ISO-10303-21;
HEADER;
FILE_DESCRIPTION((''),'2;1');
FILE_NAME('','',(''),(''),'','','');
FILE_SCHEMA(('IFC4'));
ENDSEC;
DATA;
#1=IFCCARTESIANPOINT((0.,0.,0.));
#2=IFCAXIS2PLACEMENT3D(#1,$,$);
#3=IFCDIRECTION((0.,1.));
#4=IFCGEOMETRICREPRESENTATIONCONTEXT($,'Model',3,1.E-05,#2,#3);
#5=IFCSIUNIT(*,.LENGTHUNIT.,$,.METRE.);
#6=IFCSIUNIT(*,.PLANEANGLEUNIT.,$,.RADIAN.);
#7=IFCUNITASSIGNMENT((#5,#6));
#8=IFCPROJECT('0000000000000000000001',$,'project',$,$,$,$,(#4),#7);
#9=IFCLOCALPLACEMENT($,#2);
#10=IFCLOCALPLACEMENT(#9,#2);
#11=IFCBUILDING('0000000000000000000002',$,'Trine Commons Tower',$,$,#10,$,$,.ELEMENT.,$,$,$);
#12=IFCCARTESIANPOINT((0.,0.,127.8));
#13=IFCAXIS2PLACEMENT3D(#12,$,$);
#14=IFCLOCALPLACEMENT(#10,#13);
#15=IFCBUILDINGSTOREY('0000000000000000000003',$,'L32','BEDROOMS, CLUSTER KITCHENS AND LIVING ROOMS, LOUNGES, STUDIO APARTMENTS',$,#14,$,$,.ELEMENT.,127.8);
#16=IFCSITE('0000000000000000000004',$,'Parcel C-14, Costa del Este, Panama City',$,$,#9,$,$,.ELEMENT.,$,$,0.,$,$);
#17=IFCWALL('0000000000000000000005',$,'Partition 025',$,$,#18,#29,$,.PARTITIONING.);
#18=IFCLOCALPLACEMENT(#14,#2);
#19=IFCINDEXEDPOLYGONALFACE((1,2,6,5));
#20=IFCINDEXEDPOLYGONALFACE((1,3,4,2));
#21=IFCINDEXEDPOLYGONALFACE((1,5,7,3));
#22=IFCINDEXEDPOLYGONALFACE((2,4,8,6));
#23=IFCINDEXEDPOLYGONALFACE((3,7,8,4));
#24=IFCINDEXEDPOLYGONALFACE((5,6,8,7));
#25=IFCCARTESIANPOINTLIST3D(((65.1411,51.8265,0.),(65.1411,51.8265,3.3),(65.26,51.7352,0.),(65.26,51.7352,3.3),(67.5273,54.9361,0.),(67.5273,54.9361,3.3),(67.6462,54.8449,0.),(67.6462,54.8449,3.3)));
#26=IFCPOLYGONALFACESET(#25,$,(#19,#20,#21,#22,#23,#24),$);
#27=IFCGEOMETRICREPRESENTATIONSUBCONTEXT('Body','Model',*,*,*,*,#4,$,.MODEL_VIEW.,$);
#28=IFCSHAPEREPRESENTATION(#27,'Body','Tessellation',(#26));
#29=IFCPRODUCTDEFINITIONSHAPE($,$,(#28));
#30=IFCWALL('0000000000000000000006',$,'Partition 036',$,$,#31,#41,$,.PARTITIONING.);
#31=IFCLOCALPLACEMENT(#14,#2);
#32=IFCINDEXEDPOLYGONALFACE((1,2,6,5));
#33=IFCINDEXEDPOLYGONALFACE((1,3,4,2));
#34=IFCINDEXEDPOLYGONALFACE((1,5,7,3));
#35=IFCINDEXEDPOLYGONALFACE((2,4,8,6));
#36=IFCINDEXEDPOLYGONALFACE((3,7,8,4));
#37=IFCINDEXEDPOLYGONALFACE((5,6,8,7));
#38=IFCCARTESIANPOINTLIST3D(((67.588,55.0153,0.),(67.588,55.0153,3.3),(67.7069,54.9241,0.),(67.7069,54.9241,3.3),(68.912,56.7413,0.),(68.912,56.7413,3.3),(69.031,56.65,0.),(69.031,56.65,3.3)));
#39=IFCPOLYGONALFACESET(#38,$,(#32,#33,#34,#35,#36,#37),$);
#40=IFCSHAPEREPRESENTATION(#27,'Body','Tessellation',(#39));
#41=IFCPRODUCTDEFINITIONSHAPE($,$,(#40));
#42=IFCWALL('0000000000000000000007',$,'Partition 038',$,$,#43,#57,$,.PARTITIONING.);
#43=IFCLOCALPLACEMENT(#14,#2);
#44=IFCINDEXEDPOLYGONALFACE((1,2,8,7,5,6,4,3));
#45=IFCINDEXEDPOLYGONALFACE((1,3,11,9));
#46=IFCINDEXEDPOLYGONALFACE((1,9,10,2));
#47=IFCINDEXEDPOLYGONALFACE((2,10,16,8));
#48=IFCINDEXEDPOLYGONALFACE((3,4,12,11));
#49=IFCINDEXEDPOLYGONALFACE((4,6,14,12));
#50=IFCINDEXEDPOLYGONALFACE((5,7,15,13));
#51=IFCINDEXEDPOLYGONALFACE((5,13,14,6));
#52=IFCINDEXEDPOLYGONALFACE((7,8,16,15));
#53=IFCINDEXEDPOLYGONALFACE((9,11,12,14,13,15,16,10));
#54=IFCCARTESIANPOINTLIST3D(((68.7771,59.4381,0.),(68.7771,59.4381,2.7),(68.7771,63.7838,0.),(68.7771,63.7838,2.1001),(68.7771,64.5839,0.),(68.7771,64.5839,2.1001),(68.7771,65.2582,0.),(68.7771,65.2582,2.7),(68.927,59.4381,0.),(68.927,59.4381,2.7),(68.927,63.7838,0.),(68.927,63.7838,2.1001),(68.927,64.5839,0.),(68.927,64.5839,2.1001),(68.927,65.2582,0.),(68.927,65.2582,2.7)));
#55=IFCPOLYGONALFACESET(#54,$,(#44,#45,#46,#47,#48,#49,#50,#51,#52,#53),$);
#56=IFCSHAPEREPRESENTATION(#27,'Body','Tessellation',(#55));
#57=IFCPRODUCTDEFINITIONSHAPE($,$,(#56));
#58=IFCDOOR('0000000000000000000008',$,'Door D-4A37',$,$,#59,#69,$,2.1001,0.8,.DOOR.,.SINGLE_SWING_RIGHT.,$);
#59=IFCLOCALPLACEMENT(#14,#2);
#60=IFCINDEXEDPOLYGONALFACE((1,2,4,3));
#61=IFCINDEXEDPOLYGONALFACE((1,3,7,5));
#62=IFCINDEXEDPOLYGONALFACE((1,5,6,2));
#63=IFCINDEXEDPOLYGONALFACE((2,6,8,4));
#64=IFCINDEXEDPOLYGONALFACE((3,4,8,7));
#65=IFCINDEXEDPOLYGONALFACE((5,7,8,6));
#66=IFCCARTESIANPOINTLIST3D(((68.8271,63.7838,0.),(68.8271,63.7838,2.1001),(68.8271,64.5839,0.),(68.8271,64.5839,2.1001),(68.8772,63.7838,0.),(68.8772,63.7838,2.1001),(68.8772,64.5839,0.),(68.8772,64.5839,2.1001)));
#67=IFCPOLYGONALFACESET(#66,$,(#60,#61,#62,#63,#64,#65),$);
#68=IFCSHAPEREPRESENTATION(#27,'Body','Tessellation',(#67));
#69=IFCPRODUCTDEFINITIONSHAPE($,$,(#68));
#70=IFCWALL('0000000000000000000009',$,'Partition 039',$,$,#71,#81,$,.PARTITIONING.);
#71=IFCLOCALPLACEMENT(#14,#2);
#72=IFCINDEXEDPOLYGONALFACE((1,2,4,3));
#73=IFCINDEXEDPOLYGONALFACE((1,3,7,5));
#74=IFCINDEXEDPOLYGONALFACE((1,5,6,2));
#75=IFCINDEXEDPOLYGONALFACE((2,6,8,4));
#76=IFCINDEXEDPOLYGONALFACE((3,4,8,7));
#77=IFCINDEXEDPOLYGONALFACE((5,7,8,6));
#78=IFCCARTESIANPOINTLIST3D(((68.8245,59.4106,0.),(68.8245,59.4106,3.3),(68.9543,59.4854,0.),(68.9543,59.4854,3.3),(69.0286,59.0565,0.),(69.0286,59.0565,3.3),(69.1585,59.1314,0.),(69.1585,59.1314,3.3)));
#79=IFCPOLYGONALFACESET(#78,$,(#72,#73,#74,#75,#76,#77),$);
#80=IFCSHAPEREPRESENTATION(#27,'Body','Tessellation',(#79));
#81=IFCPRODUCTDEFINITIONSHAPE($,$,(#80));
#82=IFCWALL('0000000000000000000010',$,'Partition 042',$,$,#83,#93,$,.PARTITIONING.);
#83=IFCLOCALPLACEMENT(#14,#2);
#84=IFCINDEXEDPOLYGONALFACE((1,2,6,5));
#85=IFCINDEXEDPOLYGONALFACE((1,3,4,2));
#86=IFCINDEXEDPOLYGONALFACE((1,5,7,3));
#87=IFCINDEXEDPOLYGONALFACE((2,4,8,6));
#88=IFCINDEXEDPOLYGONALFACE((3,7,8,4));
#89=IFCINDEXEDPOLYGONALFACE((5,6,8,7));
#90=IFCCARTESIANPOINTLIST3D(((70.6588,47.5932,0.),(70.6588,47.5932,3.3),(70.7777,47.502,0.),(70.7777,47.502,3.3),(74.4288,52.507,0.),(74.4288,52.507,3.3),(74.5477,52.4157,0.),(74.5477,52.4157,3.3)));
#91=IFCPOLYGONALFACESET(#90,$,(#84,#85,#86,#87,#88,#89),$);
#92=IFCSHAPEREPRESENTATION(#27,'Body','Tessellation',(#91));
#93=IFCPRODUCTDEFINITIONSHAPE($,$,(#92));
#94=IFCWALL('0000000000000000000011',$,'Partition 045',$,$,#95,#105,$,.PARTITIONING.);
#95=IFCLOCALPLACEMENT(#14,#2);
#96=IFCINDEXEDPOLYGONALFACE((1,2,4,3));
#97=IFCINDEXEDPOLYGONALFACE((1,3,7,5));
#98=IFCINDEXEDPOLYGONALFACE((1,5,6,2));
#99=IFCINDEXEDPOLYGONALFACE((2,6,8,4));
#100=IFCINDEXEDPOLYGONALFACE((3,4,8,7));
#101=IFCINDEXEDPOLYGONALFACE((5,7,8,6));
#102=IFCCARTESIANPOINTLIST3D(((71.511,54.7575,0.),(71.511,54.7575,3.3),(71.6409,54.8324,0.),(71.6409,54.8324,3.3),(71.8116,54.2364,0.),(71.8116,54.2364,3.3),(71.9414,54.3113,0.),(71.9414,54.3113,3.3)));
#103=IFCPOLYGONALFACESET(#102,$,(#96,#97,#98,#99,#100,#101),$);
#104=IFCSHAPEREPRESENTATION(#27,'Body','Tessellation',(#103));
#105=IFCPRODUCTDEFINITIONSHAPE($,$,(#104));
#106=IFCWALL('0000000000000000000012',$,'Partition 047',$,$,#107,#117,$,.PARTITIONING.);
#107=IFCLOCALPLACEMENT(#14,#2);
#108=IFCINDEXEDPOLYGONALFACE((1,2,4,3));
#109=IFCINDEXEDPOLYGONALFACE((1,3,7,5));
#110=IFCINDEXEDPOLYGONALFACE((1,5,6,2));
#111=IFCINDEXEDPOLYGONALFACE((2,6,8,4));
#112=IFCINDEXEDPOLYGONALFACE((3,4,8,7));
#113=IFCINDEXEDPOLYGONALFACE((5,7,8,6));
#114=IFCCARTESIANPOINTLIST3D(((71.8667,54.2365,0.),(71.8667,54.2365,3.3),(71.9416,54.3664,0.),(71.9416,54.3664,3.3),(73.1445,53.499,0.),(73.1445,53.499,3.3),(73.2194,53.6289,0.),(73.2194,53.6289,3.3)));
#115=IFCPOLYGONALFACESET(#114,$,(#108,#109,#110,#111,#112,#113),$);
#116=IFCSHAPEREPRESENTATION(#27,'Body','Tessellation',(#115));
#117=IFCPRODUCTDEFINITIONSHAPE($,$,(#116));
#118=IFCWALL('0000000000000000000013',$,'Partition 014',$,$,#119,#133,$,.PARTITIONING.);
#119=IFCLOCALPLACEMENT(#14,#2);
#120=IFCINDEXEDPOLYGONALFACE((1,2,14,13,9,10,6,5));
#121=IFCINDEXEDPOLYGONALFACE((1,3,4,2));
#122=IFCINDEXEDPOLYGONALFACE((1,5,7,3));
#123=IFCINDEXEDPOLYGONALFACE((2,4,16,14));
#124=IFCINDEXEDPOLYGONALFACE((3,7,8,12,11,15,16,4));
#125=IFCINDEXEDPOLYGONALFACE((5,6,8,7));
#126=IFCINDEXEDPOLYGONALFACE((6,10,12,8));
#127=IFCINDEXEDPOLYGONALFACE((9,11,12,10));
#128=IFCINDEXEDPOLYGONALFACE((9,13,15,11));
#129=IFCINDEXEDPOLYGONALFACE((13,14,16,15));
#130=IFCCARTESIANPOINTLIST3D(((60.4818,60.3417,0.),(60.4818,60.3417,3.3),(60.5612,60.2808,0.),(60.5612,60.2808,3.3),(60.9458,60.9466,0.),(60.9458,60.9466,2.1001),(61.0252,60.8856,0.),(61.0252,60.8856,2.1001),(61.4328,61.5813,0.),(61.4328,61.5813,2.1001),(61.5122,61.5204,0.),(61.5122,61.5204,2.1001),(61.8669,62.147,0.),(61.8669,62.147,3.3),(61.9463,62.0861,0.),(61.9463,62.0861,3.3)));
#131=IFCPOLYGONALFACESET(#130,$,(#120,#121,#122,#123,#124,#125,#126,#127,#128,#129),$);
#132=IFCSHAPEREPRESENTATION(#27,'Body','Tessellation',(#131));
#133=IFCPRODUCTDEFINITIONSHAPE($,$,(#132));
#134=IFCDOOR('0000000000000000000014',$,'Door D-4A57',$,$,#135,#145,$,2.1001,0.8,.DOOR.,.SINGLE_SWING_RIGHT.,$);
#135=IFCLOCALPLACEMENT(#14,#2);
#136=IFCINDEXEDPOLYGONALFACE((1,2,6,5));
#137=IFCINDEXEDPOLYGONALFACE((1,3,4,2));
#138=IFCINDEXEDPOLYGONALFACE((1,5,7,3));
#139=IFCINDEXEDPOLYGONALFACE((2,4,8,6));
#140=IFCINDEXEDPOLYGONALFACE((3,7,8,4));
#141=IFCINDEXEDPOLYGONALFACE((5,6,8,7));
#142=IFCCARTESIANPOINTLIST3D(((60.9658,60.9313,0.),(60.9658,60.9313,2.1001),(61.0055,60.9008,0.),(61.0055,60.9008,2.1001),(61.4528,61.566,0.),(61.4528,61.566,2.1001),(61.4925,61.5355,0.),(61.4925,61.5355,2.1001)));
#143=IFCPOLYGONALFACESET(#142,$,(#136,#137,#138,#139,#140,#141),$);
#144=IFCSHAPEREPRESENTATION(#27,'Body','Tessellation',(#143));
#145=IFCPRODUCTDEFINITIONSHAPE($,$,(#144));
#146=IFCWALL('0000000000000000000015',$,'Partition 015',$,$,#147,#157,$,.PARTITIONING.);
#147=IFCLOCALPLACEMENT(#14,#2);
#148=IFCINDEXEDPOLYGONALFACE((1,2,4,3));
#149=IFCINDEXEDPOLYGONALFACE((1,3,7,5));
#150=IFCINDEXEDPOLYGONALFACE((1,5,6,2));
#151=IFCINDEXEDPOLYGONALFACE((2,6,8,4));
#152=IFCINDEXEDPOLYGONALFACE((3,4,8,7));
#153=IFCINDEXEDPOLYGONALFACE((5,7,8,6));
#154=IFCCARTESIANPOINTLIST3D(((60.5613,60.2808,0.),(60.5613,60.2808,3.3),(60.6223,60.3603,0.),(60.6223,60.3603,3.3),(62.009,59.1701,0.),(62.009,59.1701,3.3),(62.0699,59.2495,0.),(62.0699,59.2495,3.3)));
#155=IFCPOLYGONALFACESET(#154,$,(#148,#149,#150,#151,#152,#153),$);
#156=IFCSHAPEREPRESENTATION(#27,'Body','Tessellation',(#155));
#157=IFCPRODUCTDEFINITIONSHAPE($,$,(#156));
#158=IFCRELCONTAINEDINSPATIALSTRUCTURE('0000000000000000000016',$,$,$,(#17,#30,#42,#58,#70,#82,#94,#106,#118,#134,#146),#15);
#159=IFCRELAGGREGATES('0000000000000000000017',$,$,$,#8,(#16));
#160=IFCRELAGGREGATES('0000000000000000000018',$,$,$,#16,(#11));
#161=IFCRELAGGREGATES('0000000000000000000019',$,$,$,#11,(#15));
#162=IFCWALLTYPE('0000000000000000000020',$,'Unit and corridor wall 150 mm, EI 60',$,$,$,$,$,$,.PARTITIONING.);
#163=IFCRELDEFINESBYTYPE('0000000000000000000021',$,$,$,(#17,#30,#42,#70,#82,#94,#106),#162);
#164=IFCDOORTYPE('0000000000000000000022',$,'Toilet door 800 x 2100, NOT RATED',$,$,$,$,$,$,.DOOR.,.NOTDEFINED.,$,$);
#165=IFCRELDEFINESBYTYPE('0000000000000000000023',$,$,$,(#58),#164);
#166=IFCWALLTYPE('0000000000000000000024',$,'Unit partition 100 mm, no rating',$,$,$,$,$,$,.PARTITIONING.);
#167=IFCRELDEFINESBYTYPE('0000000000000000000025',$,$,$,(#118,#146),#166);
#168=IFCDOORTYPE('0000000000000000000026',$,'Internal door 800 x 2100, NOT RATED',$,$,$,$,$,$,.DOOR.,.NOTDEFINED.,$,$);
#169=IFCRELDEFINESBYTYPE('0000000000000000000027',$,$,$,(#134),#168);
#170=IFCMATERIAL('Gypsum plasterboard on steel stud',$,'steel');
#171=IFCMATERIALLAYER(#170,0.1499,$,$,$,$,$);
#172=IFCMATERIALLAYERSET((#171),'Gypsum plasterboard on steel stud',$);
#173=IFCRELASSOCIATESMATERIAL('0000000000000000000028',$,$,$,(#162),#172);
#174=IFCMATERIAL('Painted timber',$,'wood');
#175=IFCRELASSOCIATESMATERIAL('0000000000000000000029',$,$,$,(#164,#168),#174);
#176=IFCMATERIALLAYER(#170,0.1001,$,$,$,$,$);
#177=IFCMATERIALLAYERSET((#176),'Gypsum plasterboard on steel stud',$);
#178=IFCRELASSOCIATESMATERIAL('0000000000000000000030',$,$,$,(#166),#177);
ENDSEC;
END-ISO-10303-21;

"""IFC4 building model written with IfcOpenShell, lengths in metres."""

from ifc_helpers import new_model, si_unit, direction, frame, frame_2d, origin, place, context, subcontext, project, spatial, rectangle, extrude, material, layer, layer_set, type_object, element, fill, save


model = new_model("IFC4")

# Units and contexts
model_context = context("Model", 3, precision=1e-05, world=origin(), true_north=direction((0.0, 1.0)))
body_context = subcontext(model_context, "Body", "Model", "MODEL_VIEW")
ifc_project = project(units=[si_unit("LENGTHUNIT", "METRE"), si_unit("PLANEANGLEUNIT", "RADIAN")], contexts=[model_context])

# Site, building, storey
site_placement = place(None, origin())
site = spatial("IfcSite", under=ifc_project, at=site_placement, Name="Parcel C-14, Costa del Este, Panama City", CompositionType="ELEMENT", RefElevation=0.0)
building_placement = place(site_placement, origin())
building = spatial("IfcBuilding", under=site, at=building_placement, Name="Trine Commons Tower", CompositionType="ELEMENT")
storey_placement = place(building_placement, frame((0.0, 0.0, 127.8)))
storey = spatial("IfcBuildingStorey", under=building, at=storey_placement, Name="L32", Description="BEDROOMS, CLUSTER KITCHENS AND LIVING ROOMS, LOUNGES, STUDIO APARTMENTS", CompositionType="ELEMENT", Elevation=127.8)

# Shared definitions
ifc_material_1 = material(Name="Gypsum plasterboard on steel stud", Category="steel")
ifc_layer_1 = layer(ifc_material_1, 0.1499)
ifc_layer_set_1 = layer_set([ifc_layer_1], Name="Gypsum plasterboard on steel stud")
wall_type_1 = type_object("IfcWallType", Name="Unit and corridor wall 150 mm, EI 60", PredefinedType="PARTITIONING", material=ifc_layer_set_1)

# Walls
wall_1_placement = place(storey_placement, frame((65.2004, 51.7808, 0.0), z_axis=(0.0, 0.0, 1.0), x_axis=(0.608783, 0.793337, 0.0)))
element("IfcWall", 1, at=wall_1_placement, inside=storey, type_object=wall_type_1, Name="Partition 025", PredefinedType="PARTITIONING", context=body_context, shape_type="SweptSolid", body=[
    extrude(rectangle(XDim=3.9197, YDim=0.1499, at=frame_2d((1.96, 0.0))), origin(), (0.0, 0.0, 1.0), 3.3),
])
wall_2_placement = place(storey_placement, frame((67.6475, 54.9697, 0.0), z_axis=(0.0, 0.0, 1.0), x_axis=(0.608674, 0.79342, 0.0)))
element("IfcWall", 2, at=wall_2_placement, inside=storey, type_object=wall_type_1, Name="Partition 036", PredefinedType="PARTITIONING", context=body_context, shape_type="SweptSolid", body=[
    extrude(rectangle(XDim=2.1753, YDim=0.1499, at=frame_2d((1.0876, 0.0))), origin(), (0.0, 0.0, 1.0), 3.3),
])

# Wall, opening, door
wall_3_placement = place(storey_placement, frame((68.8521, 59.438, 0.0), z_axis=(0.0, 0.0, 1.0), x_axis=(0.0, 1.0, 0.0)))
wall_3 = element("IfcWall", 3, at=wall_3_placement, inside=storey, type_object=wall_type_1, Name="Partition 038", PredefinedType="PARTITIONING", context=body_context, shape_type="SweptSolid", body=[
    extrude(rectangle(XDim=5.8201, YDim=0.1499, at=frame_2d((2.9102, 0.0))), origin(), (0.0, 0.0, 1.0), 2.7),
])
opening_1_placement = place(wall_3_placement, frame((4.3459, 0.0, 0.0)))
opening_1 = element("IfcOpeningElement", 4, at=opening_1_placement, cuts=wall_3, PredefinedType="OPENING", context=body_context, shape_type="SweptSolid", body=[
    extrude(rectangle(XDim=0.8, YDim=2.1001, at=frame_2d((0.3999, 1.05))), frame((0.0, 0.085, 0.0), z_axis=(0.0, -1.0, 0.0), x_axis=(1.0, 0.0, 0.0)), (0.0, 0.0, 1.0), 0.1699),
])
ifc_material_2 = material(Name="Painted timber", Category="wood")
door_type_1 = type_object("IfcDoorType", Name="Toilet door 800 x 2100, NOT RATED", OperationType="NOTDEFINED", PredefinedType="DOOR", material=ifc_material_2)
door_1_placement = place(opening_1_placement, origin())
door_1 = element("IfcDoor", 5, at=door_1_placement, inside=storey, type_object=door_type_1, Name="Door D-4A37", OperationType="SINGLE_SWING_RIGHT", OverallHeight=2.1001, OverallWidth=0.8, PredefinedType="DOOR", context=body_context, shape_type="SweptSolid", body=[
    extrude(rectangle(XDim=0.8, YDim=2.1001, at=frame_2d((0.3999, 1.05))), frame((0.0, 0.0249, 0.0), z_axis=(0.0, -1.0, 0.0), x_axis=(1.0, 0.0, 0.0)), (0.0, 0.0, 1.0), 0.05),
])
fill(opening_1, door_1)

# Walls
wall_4_placement = place(storey_placement, frame((68.8894, 59.448, 0.0), z_axis=(0.0, 0.0, 1.0), x_axis=(0.499481, -0.866325, 0.0)))
element("IfcWall", 6, at=wall_4_placement, inside=storey, type_object=wall_type_1, Name="Partition 039", PredefinedType="PARTITIONING", context=body_context, shape_type="SweptSolid", body=[
    extrude(rectangle(XDim=0.4087, YDim=0.1499, at=frame_2d((0.2043, 0.0))), origin(), (0.0, 0.0, 1.0), 3.3),
])
wall_5_placement = place(storey_placement, frame((70.7183, 47.5476, 0.0), z_axis=(0.0, 0.0, 1.0), x_axis=(0.608712, 0.793391, 0.0)))
element("IfcWall", 7, at=wall_5_placement, inside=storey, type_object=wall_type_1, Name="Partition 042", PredefinedType="PARTITIONING", context=body_context, shape_type="SweptSolid", body=[
    extrude(rectangle(XDim=6.1934, YDim=0.1499, at=frame_2d((3.0967, 0.0))), origin(), (0.0, 0.0, 1.0), 3.3),
])
wall_6_placement = place(storey_placement, frame((71.5759, 54.7949, 0.0), z_axis=(0.0, 0.0, 1.0), x_axis=(0.499676, -0.866213, 0.0)))
element("IfcWall", 8, at=wall_6_placement, inside=storey, type_object=wall_type_1, Name="Partition 045", PredefinedType="PARTITIONING", context=body_context, shape_type="SweptSolid", body=[
    extrude(rectangle(XDim=0.6016, YDim=0.1499, at=frame_2d((0.3008, 0.0))), origin(), (0.0, 0.0, 1.0), 3.3),
])
wall_7_placement = place(storey_placement, frame((71.9041, 54.3015, 0.0), z_axis=(0.0, 0.0, 1.0), x_axis=(0.866086, -0.499894, 0.0)))
element("IfcWall", 9, at=wall_7_placement, inside=storey, type_object=wall_type_1, Name="Partition 047", PredefinedType="PARTITIONING", context=body_context, shape_type="SweptSolid", body=[
    extrude(rectangle(XDim=1.4753, YDim=0.1499, at=frame_2d((0.7378, 0.0))), origin(), (0.0, 0.0, 1.0), 3.3),
])

# Wall, opening, door
ifc_layer_2 = layer(ifc_material_1, 0.1001)
ifc_layer_set_2 = layer_set([ifc_layer_2], Name="Gypsum plasterboard on steel stud")
wall_type_2 = type_object("IfcWallType", Name="Unit partition 100 mm, no rating", PredefinedType="PARTITIONING", material=ifc_layer_set_2)
wall_8_placement = place(storey_placement, frame((60.5215, 60.3113, 0.0), z_axis=(0.0, 0.0, 1.0), x_axis=(0.60872, 0.793385, 0.0)))
wall_8 = element("IfcWall", 10, at=wall_8_placement, inside=storey, type_object=wall_type_2, Name="Partition 014", PredefinedType="PARTITIONING", context=body_context, shape_type="SweptSolid", body=[
    extrude(rectangle(XDim=2.2754, YDim=0.1001, at=frame_2d((1.1377, 0.0))), origin(), (0.0, 0.0, 1.0), 3.3),
])
opening_2_placement = place(wall_8_placement, frame((0.7625, 0.0, 0.0)))
opening_2 = element("IfcOpeningElement", 11, at=opening_2_placement, cuts=wall_8, PredefinedType="OPENING", context=body_context, shape_type="SweptSolid", body=[
    extrude(rectangle(XDim=0.8, YDim=2.1001, at=frame_2d((0.3999, 1.05))), frame((0.0, 0.0601, 0.0), z_axis=(0.0, -1.0, 0.0), x_axis=(1.0, 0.0, 0.0)), (0.0, 0.0, 1.0), 0.1201),
])
door_type_2 = type_object("IfcDoorType", Name="Internal door 800 x 2100, NOT RATED", OperationType="NOTDEFINED", PredefinedType="DOOR", material=ifc_material_2)
door_2_placement = place(opening_2_placement, origin())
door_2 = element("IfcDoor", 12, at=door_2_placement, inside=storey, type_object=door_type_2, Name="Door D-4A57", OperationType="SINGLE_SWING_RIGHT", OverallHeight=2.1001, OverallWidth=0.8, PredefinedType="DOOR", context=body_context, shape_type="SweptSolid", body=[
    extrude(rectangle(XDim=0.8, YDim=2.1001, at=frame_2d((0.3999, 1.05))), frame((0.0, 0.0249, 0.0), z_axis=(0.0, -1.0, 0.0), x_axis=(1.0, 0.0, 0.0)), (0.0, 0.0, 1.0), 0.05),
])
fill(opening_2, door_2)

# Wall
wall_9_placement = place(storey_placement, frame((60.5918, 60.3206, 0.0), z_axis=(0.0, 0.0, 1.0), x_axis=(0.793369, -0.60874, 0.0)))
element("IfcWall", 13, at=wall_9_placement, inside=storey, type_object=wall_type_2, Name="Partition 015", PredefinedType="PARTITIONING", context=body_context, shape_type="SweptSolid", body=[
    extrude(rectangle(XDim=1.8247, YDim=0.1001, at=frame_2d((0.9124, 0.0))), origin(), (0.0, 0.0, 1.0), 3.3),
])

save(model, "model.ifc")
